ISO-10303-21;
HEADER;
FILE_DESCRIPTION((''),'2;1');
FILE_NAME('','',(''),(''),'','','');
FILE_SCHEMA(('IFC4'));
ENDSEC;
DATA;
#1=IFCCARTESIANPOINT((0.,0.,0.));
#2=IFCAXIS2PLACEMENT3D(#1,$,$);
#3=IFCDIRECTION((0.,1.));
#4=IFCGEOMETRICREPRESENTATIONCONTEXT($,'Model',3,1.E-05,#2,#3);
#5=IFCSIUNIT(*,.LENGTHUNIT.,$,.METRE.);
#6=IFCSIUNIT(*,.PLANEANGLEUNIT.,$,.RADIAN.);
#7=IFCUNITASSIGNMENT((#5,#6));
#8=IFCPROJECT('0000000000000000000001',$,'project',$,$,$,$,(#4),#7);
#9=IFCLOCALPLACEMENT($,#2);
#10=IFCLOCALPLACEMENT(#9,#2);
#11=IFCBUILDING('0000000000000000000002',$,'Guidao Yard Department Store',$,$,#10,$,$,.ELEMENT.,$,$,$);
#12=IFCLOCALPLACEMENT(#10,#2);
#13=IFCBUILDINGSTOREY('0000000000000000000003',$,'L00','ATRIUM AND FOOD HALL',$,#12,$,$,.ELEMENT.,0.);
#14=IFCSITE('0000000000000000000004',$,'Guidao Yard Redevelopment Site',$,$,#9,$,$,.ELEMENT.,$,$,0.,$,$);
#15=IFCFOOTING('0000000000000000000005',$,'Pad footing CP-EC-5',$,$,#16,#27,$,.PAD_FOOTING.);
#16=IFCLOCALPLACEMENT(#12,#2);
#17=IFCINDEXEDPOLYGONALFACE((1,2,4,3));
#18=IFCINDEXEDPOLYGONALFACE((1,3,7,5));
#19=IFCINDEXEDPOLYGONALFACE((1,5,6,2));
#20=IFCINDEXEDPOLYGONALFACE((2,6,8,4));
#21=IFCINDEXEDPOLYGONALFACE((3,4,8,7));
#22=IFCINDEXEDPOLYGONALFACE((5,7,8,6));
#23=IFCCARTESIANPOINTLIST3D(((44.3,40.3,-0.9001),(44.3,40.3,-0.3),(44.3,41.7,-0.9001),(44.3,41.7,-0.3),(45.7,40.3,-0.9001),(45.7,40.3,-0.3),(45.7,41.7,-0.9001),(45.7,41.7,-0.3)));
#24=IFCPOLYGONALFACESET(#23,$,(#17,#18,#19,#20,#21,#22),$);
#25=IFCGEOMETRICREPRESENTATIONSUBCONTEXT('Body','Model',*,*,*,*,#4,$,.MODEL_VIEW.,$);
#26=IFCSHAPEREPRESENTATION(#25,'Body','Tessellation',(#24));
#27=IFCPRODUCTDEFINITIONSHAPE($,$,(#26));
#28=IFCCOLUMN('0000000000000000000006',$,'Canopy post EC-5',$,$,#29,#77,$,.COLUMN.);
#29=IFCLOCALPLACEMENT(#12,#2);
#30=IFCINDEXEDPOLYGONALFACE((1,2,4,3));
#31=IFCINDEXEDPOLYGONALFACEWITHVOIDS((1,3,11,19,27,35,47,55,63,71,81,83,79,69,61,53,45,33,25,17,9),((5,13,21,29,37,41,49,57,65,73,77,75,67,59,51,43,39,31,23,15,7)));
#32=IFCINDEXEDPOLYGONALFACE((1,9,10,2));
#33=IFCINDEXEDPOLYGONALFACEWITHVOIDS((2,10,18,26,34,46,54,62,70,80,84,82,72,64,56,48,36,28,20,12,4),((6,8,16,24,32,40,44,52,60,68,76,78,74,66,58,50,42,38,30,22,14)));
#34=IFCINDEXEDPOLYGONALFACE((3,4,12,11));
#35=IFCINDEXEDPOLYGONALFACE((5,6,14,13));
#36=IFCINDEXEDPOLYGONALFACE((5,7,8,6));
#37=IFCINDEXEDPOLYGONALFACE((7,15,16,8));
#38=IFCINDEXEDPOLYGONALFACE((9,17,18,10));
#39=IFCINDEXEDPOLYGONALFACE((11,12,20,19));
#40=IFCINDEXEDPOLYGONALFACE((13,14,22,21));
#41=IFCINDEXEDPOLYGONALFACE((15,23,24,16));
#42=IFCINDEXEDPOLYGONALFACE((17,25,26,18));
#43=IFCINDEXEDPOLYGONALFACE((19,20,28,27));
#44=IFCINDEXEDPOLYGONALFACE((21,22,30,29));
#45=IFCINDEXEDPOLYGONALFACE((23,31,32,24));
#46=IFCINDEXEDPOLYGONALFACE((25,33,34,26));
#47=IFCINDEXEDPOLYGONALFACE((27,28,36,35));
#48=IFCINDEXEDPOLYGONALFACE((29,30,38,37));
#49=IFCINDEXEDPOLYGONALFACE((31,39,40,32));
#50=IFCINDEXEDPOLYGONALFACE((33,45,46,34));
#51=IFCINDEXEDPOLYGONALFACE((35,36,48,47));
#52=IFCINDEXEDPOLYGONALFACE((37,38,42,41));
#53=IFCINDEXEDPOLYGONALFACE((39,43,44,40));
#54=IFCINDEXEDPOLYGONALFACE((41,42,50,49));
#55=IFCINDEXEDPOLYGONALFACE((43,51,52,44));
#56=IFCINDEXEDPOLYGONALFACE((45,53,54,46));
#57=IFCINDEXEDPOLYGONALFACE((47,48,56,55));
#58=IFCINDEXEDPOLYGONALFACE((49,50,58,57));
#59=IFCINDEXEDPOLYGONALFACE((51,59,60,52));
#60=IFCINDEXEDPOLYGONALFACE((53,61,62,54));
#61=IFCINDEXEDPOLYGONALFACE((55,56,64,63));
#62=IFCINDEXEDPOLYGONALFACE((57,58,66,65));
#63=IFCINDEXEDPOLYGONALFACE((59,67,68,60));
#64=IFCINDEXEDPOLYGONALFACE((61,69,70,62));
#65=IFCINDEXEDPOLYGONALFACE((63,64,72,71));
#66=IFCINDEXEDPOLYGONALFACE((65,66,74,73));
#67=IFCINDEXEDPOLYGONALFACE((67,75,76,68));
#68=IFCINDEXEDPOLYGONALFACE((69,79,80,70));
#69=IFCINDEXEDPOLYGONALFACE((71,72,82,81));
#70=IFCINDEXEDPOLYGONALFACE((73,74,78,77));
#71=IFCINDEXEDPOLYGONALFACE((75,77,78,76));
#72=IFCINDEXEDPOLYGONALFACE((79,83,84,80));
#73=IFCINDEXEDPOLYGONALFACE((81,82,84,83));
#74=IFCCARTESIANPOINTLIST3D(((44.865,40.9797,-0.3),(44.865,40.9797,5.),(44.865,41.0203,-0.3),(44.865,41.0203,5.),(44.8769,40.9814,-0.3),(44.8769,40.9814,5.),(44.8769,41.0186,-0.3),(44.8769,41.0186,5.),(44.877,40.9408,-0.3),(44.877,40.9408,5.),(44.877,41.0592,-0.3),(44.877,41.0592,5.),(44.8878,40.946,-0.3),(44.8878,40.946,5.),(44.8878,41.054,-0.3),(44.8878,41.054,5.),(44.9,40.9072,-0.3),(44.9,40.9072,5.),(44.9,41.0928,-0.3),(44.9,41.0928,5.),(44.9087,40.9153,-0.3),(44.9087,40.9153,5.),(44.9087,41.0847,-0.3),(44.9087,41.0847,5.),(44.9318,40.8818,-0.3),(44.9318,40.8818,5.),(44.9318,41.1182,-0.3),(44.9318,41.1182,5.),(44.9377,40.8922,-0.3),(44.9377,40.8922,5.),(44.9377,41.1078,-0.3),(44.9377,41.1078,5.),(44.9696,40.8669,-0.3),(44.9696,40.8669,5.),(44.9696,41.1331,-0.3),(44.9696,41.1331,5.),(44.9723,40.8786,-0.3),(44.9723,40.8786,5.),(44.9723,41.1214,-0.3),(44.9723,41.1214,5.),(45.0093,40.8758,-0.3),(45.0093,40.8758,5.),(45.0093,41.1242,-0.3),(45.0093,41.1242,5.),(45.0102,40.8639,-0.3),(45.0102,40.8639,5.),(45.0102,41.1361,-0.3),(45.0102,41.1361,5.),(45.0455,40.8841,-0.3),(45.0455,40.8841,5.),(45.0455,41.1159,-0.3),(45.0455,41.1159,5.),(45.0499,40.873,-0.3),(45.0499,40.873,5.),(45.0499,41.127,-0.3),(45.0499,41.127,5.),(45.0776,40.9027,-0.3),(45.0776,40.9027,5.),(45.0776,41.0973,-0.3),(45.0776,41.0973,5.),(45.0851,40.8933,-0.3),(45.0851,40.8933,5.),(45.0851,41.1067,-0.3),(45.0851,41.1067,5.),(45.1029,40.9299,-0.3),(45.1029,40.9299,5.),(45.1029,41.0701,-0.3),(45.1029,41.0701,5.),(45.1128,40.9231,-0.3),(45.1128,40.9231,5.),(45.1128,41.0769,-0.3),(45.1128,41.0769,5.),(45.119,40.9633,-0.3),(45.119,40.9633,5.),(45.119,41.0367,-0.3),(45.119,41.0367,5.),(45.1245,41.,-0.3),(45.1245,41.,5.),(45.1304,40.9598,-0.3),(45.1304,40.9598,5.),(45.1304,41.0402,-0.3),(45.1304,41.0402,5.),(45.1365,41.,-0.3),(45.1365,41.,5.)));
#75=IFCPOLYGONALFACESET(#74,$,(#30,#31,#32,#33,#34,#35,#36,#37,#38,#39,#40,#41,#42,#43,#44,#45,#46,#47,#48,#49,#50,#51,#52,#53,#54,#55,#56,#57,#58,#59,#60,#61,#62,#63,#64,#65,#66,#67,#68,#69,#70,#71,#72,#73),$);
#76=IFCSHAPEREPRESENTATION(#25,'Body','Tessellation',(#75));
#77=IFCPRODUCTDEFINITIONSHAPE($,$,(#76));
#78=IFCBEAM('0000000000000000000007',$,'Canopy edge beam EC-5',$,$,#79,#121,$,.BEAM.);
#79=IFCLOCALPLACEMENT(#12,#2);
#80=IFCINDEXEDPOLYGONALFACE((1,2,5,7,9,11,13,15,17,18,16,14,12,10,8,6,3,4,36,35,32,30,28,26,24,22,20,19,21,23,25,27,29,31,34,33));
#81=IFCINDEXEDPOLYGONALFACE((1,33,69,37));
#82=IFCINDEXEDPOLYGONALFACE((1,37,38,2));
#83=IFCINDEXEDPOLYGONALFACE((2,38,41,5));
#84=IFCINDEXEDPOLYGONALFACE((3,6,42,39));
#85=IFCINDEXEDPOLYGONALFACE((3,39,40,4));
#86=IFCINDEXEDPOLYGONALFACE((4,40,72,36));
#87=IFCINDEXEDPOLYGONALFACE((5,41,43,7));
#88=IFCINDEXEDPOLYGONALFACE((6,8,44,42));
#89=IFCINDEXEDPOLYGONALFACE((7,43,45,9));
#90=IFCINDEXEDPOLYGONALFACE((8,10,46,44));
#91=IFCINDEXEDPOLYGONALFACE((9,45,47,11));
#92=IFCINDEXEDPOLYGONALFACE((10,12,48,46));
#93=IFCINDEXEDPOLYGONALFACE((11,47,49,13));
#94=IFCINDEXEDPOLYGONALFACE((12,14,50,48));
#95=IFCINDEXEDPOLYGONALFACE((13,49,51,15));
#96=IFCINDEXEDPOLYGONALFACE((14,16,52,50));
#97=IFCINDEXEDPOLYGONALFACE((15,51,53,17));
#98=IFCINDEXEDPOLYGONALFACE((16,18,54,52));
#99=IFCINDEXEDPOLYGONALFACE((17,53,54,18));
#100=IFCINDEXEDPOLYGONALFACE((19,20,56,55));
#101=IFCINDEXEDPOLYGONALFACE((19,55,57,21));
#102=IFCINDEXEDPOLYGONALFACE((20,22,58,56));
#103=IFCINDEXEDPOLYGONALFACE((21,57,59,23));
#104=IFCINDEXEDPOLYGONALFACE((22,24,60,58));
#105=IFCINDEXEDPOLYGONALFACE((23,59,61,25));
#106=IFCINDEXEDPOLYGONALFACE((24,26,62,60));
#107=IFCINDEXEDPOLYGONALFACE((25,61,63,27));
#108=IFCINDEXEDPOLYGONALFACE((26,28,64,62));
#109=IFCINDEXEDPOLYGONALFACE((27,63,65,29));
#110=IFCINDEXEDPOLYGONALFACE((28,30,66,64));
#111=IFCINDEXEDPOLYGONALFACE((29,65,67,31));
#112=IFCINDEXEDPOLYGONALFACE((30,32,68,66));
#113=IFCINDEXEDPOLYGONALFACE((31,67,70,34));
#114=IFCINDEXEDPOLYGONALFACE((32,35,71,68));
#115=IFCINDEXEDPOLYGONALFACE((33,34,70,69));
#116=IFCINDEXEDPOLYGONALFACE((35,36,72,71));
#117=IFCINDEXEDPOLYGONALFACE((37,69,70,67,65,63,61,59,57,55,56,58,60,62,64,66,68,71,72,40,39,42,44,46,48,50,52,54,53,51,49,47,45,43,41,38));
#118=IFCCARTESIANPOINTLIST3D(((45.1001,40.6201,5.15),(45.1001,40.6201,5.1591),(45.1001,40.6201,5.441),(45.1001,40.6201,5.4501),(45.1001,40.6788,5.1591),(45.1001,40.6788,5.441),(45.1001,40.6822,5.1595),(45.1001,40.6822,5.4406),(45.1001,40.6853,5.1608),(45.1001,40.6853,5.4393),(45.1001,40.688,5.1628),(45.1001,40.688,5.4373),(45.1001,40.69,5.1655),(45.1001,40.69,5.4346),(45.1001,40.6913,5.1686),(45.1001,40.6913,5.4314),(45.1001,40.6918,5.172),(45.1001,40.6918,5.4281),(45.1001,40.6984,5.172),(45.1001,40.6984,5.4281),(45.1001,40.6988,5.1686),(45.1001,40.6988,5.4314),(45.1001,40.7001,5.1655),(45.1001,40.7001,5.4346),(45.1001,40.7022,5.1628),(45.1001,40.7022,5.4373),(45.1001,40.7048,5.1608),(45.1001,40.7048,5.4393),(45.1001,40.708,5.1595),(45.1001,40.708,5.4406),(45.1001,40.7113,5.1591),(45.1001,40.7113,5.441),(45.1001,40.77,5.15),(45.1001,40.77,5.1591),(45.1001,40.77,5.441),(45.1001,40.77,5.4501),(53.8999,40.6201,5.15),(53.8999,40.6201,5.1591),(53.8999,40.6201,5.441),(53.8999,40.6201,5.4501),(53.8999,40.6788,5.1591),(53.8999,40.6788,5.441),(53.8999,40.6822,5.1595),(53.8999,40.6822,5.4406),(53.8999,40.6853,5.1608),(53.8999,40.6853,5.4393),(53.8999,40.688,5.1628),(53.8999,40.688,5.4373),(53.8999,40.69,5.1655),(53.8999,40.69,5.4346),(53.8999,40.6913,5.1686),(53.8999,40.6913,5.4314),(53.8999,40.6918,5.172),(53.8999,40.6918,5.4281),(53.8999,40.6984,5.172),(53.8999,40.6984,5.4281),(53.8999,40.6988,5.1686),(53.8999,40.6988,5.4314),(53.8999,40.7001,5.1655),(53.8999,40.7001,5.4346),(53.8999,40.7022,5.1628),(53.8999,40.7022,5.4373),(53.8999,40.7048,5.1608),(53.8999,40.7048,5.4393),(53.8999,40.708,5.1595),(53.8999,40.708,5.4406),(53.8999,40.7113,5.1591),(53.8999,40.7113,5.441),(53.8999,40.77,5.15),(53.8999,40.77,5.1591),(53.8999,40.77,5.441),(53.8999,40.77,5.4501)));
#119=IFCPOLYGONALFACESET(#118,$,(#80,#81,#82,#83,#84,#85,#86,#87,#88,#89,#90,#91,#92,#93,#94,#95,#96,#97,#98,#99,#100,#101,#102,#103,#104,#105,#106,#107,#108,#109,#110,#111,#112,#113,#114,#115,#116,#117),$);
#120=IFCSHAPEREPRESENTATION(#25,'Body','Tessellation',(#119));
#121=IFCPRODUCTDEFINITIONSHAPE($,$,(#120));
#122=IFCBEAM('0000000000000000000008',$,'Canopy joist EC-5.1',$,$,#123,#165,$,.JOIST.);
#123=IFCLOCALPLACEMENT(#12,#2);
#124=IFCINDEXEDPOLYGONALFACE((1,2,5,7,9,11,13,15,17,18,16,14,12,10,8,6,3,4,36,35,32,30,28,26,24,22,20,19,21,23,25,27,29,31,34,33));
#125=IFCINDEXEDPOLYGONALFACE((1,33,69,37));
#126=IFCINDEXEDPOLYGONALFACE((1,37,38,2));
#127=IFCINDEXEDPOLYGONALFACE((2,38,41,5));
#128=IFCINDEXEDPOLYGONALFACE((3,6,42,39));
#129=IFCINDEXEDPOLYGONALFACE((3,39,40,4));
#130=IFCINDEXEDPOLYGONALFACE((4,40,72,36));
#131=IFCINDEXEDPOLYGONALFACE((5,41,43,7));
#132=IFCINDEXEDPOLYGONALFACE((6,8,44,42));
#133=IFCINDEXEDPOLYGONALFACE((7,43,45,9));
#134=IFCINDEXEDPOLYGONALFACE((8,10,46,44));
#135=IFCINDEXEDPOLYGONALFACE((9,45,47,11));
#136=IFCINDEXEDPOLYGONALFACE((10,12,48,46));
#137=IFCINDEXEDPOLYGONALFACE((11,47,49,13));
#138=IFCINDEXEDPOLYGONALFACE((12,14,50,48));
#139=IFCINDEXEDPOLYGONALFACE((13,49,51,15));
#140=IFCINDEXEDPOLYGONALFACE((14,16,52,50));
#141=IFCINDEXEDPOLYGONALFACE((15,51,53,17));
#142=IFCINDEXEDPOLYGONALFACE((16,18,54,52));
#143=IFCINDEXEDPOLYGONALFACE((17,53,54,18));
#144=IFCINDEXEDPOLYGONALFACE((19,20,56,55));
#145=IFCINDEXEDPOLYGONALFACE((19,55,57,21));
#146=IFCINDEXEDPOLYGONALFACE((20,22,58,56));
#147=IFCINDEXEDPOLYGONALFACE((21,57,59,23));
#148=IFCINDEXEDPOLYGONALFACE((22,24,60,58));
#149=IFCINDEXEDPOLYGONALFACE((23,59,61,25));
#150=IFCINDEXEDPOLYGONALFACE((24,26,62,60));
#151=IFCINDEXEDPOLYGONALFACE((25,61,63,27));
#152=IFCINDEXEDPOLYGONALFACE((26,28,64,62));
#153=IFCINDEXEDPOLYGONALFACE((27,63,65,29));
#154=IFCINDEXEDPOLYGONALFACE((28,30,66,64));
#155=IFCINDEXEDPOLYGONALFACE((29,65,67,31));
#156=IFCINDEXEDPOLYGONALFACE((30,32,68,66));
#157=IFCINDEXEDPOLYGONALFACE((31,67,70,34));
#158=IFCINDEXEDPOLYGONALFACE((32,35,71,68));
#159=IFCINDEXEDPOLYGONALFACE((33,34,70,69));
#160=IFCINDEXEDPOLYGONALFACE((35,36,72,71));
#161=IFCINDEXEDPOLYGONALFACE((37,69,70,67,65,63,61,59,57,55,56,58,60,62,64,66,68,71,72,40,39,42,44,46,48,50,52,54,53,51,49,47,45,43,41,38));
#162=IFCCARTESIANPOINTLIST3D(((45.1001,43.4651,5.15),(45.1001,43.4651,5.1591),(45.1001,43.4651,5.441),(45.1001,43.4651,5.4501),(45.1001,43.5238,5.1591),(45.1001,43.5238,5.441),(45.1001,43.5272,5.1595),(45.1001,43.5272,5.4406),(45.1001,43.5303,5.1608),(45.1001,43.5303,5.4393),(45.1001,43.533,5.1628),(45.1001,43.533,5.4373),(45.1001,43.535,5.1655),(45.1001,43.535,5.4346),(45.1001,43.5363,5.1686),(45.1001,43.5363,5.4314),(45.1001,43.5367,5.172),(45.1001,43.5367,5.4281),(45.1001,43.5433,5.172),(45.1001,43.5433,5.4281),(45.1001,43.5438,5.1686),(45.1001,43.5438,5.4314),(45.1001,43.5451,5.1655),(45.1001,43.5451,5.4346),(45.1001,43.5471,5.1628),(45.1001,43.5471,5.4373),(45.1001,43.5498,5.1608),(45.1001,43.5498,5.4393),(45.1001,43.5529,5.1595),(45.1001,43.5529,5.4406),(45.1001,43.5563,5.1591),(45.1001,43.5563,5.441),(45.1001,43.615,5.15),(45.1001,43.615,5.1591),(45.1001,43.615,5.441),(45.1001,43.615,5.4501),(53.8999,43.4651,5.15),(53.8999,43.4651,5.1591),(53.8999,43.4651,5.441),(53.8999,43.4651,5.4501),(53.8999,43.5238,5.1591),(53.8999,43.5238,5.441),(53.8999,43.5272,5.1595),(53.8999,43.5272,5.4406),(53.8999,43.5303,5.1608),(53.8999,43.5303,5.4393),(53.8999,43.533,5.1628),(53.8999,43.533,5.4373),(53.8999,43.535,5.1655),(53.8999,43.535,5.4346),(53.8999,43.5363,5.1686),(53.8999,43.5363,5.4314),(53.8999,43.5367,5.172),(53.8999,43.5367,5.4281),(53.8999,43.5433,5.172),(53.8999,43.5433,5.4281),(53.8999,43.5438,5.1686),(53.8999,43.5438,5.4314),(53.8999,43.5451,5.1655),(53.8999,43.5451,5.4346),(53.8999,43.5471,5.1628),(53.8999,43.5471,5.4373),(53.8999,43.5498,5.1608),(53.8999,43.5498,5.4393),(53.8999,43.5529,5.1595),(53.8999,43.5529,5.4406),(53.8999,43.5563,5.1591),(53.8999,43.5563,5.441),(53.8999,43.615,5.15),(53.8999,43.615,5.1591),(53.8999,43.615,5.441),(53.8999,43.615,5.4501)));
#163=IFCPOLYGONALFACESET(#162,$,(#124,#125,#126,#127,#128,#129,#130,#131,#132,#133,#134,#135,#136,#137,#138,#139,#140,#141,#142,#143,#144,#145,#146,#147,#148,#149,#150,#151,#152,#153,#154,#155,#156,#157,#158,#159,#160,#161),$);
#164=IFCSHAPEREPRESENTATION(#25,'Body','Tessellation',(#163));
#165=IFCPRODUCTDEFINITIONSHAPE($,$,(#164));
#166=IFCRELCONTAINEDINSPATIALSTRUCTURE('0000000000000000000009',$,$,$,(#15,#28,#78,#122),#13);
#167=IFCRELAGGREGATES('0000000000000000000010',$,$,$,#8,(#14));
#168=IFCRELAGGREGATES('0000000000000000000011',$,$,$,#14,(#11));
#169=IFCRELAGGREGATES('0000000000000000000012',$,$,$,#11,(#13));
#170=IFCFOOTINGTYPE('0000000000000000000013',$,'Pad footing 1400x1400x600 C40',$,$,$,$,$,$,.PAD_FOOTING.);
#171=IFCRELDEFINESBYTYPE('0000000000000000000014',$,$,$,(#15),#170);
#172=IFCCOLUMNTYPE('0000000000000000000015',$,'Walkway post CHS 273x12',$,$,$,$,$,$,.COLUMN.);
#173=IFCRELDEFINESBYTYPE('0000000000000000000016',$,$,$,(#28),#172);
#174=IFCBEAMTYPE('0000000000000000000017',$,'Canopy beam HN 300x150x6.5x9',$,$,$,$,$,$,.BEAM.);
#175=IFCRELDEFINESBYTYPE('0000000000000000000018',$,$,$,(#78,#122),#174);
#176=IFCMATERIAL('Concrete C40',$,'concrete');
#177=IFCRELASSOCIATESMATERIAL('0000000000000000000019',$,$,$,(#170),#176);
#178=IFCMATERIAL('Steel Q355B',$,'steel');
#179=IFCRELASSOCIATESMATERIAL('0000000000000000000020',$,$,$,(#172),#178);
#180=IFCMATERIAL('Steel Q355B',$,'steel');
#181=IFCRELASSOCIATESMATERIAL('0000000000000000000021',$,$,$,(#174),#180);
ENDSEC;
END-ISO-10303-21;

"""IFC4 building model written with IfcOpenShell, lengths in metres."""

from ifc_helpers import new_model, si_unit, direction, frame, origin, origin_2d, place, context, subcontext, project, spatial, rectangle, hollow_circle, i_section, extrude, material, material_profile, profile_set, type_object, element, save


model = new_model("IFC4")

# Units and contexts
model_context = context("Model", 3, precision=1e-05, world=origin(), true_north=direction((0.0, 1.0)))
body_context = subcontext(model_context, "Body", "Model", "MODEL_VIEW")
ifc_project = project(units=[si_unit("LENGTHUNIT", "METRE"), si_unit("PLANEANGLEUNIT", "RADIAN")], contexts=[model_context])

# Site, building, storey
site_placement = place(None, origin())
site = spatial("IfcSite", under=ifc_project, at=site_placement, Name="Guidao Yard Redevelopment Site", CompositionType="ELEMENT", RefElevation=0.0)
building_placement = place(site_placement, origin())
building = spatial("IfcBuilding", under=site, at=building_placement, Name="Guidao Yard Department Store", CompositionType="ELEMENT")
storey_placement = place(building_placement, origin())
storey = spatial("IfcBuildingStorey", under=building, at=storey_placement, Name="L00", Description="ATRIUM AND FOOD HALL", CompositionType="ELEMENT", Elevation=0.0)

# Footing
ifc_material_1 = material(Name="Concrete C40", Category="concrete")
footing_type = type_object("IfcFootingType", Name="Pad footing 1400x1400x600 C40", PredefinedType="PAD_FOOTING", material=ifc_material_1)
footing_placement = place(storey_placement, frame((45.0, 41.0, -0.9001), z_axis=(0.0, 0.0, 1.0), x_axis=(1.0, 0.0, 0.0)))
element("IfcFooting", 1, at=footing_placement, inside=storey, type_object=footing_type, Name="Pad footing CP-EC-5", PredefinedType="PAD_FOOTING", context=body_context, shape_type="SweptSolid", body=[
    extrude(rectangle(XDim=1.3999, YDim=1.3999, at=origin_2d()), origin(), (0.0, 0.0, 1.0), 0.6001),
])

# Column
ifc_material_2 = material(Name="Steel Q355B", Category="steel")
ifc_material_profile_1 = material_profile(ifc_material_2, hollow_circle(Radius=0.1365, WallThickness=0.012, at=origin_2d()), Name="CHS 273x12")
ifc_profile_set_1 = profile_set([ifc_material_profile_1], Name="Steel Q355B")
column_type = type_object("IfcColumnType", Name="Walkway post CHS 273x12", PredefinedType="COLUMN", material=ifc_profile_set_1)
column_placement = place(storey_placement, frame((45.0, 41.0, -0.3), z_axis=(0.0, 0.0, 1.0), x_axis=(1.0, 0.0, 0.0)))
element("IfcColumn", 2, at=column_placement, inside=storey, type_object=column_type, Name="Canopy post EC-5", PredefinedType="COLUMN", context=body_context, shape_type="SweptSolid", body=[
    extrude(hollow_circle(Radius=0.1365, WallThickness=0.012, at=origin_2d()), origin(), (0.0, 0.0, 1.0), 5.3),
])

# Beams
ifc_material_3 = material(Name="Steel Q355B", Category="steel")
ifc_material_profile_2 = material_profile(ifc_material_3, i_section(OverallWidth=0.1499, OverallDepth=0.3, WebThickness=0.0066, FlangeThickness=0.009, FilletRadius=0.0129, at=origin_2d()), Name="HN 300x150x6.5x9")
ifc_profile_set_2 = profile_set([ifc_material_profile_2], Name="Steel Q355B")
beam_type = type_object("IfcBeamType", Name="Canopy beam HN 300x150x6.5x9", PredefinedType="BEAM", material=ifc_profile_set_2)
beam_placement = place(storey_placement, frame((45.1001, 40.6951, 5.3), z_axis=(1.0, 0.0, 0.0), x_axis=(0.0, 1.0, 0.0)))
element("IfcBeam", 3, at=beam_placement, inside=storey, type_object=beam_type, Name="Canopy edge beam EC-5", PredefinedType="BEAM", context=body_context, shape_type="SweptSolid", body=[
    extrude(i_section(OverallWidth=0.1499, OverallDepth=0.3, WebThickness=0.0066, FlangeThickness=0.009, FilletRadius=0.0129, at=origin_2d()), origin(), (0.0, 0.0, 1.0), 8.7998),
])
for number, where, z_axis, x_axis, name in (
    (4, (45.1001, 43.54, 5.3), (1.0, 0.0, 0.0), (0.0, 1.0, 0.0), "Canopy joist EC-5.1"),
):
    element("IfcBeam", number, at=place(storey_placement, frame(where, z_axis=z_axis, x_axis=x_axis)), inside=storey, type_object=beam_type, Name=name, PredefinedType="JOIST", context=body_context, shape_type="SweptSolid", body=[
        extrude(i_section(OverallWidth=0.1499, OverallDepth=0.3, WebThickness=0.0066, FlangeThickness=0.009, FilletRadius=0.0129, at=origin_2d()), origin(), (0.0, 0.0, 1.0), 8.7998),
    ])

save(model, "model.ifc")
